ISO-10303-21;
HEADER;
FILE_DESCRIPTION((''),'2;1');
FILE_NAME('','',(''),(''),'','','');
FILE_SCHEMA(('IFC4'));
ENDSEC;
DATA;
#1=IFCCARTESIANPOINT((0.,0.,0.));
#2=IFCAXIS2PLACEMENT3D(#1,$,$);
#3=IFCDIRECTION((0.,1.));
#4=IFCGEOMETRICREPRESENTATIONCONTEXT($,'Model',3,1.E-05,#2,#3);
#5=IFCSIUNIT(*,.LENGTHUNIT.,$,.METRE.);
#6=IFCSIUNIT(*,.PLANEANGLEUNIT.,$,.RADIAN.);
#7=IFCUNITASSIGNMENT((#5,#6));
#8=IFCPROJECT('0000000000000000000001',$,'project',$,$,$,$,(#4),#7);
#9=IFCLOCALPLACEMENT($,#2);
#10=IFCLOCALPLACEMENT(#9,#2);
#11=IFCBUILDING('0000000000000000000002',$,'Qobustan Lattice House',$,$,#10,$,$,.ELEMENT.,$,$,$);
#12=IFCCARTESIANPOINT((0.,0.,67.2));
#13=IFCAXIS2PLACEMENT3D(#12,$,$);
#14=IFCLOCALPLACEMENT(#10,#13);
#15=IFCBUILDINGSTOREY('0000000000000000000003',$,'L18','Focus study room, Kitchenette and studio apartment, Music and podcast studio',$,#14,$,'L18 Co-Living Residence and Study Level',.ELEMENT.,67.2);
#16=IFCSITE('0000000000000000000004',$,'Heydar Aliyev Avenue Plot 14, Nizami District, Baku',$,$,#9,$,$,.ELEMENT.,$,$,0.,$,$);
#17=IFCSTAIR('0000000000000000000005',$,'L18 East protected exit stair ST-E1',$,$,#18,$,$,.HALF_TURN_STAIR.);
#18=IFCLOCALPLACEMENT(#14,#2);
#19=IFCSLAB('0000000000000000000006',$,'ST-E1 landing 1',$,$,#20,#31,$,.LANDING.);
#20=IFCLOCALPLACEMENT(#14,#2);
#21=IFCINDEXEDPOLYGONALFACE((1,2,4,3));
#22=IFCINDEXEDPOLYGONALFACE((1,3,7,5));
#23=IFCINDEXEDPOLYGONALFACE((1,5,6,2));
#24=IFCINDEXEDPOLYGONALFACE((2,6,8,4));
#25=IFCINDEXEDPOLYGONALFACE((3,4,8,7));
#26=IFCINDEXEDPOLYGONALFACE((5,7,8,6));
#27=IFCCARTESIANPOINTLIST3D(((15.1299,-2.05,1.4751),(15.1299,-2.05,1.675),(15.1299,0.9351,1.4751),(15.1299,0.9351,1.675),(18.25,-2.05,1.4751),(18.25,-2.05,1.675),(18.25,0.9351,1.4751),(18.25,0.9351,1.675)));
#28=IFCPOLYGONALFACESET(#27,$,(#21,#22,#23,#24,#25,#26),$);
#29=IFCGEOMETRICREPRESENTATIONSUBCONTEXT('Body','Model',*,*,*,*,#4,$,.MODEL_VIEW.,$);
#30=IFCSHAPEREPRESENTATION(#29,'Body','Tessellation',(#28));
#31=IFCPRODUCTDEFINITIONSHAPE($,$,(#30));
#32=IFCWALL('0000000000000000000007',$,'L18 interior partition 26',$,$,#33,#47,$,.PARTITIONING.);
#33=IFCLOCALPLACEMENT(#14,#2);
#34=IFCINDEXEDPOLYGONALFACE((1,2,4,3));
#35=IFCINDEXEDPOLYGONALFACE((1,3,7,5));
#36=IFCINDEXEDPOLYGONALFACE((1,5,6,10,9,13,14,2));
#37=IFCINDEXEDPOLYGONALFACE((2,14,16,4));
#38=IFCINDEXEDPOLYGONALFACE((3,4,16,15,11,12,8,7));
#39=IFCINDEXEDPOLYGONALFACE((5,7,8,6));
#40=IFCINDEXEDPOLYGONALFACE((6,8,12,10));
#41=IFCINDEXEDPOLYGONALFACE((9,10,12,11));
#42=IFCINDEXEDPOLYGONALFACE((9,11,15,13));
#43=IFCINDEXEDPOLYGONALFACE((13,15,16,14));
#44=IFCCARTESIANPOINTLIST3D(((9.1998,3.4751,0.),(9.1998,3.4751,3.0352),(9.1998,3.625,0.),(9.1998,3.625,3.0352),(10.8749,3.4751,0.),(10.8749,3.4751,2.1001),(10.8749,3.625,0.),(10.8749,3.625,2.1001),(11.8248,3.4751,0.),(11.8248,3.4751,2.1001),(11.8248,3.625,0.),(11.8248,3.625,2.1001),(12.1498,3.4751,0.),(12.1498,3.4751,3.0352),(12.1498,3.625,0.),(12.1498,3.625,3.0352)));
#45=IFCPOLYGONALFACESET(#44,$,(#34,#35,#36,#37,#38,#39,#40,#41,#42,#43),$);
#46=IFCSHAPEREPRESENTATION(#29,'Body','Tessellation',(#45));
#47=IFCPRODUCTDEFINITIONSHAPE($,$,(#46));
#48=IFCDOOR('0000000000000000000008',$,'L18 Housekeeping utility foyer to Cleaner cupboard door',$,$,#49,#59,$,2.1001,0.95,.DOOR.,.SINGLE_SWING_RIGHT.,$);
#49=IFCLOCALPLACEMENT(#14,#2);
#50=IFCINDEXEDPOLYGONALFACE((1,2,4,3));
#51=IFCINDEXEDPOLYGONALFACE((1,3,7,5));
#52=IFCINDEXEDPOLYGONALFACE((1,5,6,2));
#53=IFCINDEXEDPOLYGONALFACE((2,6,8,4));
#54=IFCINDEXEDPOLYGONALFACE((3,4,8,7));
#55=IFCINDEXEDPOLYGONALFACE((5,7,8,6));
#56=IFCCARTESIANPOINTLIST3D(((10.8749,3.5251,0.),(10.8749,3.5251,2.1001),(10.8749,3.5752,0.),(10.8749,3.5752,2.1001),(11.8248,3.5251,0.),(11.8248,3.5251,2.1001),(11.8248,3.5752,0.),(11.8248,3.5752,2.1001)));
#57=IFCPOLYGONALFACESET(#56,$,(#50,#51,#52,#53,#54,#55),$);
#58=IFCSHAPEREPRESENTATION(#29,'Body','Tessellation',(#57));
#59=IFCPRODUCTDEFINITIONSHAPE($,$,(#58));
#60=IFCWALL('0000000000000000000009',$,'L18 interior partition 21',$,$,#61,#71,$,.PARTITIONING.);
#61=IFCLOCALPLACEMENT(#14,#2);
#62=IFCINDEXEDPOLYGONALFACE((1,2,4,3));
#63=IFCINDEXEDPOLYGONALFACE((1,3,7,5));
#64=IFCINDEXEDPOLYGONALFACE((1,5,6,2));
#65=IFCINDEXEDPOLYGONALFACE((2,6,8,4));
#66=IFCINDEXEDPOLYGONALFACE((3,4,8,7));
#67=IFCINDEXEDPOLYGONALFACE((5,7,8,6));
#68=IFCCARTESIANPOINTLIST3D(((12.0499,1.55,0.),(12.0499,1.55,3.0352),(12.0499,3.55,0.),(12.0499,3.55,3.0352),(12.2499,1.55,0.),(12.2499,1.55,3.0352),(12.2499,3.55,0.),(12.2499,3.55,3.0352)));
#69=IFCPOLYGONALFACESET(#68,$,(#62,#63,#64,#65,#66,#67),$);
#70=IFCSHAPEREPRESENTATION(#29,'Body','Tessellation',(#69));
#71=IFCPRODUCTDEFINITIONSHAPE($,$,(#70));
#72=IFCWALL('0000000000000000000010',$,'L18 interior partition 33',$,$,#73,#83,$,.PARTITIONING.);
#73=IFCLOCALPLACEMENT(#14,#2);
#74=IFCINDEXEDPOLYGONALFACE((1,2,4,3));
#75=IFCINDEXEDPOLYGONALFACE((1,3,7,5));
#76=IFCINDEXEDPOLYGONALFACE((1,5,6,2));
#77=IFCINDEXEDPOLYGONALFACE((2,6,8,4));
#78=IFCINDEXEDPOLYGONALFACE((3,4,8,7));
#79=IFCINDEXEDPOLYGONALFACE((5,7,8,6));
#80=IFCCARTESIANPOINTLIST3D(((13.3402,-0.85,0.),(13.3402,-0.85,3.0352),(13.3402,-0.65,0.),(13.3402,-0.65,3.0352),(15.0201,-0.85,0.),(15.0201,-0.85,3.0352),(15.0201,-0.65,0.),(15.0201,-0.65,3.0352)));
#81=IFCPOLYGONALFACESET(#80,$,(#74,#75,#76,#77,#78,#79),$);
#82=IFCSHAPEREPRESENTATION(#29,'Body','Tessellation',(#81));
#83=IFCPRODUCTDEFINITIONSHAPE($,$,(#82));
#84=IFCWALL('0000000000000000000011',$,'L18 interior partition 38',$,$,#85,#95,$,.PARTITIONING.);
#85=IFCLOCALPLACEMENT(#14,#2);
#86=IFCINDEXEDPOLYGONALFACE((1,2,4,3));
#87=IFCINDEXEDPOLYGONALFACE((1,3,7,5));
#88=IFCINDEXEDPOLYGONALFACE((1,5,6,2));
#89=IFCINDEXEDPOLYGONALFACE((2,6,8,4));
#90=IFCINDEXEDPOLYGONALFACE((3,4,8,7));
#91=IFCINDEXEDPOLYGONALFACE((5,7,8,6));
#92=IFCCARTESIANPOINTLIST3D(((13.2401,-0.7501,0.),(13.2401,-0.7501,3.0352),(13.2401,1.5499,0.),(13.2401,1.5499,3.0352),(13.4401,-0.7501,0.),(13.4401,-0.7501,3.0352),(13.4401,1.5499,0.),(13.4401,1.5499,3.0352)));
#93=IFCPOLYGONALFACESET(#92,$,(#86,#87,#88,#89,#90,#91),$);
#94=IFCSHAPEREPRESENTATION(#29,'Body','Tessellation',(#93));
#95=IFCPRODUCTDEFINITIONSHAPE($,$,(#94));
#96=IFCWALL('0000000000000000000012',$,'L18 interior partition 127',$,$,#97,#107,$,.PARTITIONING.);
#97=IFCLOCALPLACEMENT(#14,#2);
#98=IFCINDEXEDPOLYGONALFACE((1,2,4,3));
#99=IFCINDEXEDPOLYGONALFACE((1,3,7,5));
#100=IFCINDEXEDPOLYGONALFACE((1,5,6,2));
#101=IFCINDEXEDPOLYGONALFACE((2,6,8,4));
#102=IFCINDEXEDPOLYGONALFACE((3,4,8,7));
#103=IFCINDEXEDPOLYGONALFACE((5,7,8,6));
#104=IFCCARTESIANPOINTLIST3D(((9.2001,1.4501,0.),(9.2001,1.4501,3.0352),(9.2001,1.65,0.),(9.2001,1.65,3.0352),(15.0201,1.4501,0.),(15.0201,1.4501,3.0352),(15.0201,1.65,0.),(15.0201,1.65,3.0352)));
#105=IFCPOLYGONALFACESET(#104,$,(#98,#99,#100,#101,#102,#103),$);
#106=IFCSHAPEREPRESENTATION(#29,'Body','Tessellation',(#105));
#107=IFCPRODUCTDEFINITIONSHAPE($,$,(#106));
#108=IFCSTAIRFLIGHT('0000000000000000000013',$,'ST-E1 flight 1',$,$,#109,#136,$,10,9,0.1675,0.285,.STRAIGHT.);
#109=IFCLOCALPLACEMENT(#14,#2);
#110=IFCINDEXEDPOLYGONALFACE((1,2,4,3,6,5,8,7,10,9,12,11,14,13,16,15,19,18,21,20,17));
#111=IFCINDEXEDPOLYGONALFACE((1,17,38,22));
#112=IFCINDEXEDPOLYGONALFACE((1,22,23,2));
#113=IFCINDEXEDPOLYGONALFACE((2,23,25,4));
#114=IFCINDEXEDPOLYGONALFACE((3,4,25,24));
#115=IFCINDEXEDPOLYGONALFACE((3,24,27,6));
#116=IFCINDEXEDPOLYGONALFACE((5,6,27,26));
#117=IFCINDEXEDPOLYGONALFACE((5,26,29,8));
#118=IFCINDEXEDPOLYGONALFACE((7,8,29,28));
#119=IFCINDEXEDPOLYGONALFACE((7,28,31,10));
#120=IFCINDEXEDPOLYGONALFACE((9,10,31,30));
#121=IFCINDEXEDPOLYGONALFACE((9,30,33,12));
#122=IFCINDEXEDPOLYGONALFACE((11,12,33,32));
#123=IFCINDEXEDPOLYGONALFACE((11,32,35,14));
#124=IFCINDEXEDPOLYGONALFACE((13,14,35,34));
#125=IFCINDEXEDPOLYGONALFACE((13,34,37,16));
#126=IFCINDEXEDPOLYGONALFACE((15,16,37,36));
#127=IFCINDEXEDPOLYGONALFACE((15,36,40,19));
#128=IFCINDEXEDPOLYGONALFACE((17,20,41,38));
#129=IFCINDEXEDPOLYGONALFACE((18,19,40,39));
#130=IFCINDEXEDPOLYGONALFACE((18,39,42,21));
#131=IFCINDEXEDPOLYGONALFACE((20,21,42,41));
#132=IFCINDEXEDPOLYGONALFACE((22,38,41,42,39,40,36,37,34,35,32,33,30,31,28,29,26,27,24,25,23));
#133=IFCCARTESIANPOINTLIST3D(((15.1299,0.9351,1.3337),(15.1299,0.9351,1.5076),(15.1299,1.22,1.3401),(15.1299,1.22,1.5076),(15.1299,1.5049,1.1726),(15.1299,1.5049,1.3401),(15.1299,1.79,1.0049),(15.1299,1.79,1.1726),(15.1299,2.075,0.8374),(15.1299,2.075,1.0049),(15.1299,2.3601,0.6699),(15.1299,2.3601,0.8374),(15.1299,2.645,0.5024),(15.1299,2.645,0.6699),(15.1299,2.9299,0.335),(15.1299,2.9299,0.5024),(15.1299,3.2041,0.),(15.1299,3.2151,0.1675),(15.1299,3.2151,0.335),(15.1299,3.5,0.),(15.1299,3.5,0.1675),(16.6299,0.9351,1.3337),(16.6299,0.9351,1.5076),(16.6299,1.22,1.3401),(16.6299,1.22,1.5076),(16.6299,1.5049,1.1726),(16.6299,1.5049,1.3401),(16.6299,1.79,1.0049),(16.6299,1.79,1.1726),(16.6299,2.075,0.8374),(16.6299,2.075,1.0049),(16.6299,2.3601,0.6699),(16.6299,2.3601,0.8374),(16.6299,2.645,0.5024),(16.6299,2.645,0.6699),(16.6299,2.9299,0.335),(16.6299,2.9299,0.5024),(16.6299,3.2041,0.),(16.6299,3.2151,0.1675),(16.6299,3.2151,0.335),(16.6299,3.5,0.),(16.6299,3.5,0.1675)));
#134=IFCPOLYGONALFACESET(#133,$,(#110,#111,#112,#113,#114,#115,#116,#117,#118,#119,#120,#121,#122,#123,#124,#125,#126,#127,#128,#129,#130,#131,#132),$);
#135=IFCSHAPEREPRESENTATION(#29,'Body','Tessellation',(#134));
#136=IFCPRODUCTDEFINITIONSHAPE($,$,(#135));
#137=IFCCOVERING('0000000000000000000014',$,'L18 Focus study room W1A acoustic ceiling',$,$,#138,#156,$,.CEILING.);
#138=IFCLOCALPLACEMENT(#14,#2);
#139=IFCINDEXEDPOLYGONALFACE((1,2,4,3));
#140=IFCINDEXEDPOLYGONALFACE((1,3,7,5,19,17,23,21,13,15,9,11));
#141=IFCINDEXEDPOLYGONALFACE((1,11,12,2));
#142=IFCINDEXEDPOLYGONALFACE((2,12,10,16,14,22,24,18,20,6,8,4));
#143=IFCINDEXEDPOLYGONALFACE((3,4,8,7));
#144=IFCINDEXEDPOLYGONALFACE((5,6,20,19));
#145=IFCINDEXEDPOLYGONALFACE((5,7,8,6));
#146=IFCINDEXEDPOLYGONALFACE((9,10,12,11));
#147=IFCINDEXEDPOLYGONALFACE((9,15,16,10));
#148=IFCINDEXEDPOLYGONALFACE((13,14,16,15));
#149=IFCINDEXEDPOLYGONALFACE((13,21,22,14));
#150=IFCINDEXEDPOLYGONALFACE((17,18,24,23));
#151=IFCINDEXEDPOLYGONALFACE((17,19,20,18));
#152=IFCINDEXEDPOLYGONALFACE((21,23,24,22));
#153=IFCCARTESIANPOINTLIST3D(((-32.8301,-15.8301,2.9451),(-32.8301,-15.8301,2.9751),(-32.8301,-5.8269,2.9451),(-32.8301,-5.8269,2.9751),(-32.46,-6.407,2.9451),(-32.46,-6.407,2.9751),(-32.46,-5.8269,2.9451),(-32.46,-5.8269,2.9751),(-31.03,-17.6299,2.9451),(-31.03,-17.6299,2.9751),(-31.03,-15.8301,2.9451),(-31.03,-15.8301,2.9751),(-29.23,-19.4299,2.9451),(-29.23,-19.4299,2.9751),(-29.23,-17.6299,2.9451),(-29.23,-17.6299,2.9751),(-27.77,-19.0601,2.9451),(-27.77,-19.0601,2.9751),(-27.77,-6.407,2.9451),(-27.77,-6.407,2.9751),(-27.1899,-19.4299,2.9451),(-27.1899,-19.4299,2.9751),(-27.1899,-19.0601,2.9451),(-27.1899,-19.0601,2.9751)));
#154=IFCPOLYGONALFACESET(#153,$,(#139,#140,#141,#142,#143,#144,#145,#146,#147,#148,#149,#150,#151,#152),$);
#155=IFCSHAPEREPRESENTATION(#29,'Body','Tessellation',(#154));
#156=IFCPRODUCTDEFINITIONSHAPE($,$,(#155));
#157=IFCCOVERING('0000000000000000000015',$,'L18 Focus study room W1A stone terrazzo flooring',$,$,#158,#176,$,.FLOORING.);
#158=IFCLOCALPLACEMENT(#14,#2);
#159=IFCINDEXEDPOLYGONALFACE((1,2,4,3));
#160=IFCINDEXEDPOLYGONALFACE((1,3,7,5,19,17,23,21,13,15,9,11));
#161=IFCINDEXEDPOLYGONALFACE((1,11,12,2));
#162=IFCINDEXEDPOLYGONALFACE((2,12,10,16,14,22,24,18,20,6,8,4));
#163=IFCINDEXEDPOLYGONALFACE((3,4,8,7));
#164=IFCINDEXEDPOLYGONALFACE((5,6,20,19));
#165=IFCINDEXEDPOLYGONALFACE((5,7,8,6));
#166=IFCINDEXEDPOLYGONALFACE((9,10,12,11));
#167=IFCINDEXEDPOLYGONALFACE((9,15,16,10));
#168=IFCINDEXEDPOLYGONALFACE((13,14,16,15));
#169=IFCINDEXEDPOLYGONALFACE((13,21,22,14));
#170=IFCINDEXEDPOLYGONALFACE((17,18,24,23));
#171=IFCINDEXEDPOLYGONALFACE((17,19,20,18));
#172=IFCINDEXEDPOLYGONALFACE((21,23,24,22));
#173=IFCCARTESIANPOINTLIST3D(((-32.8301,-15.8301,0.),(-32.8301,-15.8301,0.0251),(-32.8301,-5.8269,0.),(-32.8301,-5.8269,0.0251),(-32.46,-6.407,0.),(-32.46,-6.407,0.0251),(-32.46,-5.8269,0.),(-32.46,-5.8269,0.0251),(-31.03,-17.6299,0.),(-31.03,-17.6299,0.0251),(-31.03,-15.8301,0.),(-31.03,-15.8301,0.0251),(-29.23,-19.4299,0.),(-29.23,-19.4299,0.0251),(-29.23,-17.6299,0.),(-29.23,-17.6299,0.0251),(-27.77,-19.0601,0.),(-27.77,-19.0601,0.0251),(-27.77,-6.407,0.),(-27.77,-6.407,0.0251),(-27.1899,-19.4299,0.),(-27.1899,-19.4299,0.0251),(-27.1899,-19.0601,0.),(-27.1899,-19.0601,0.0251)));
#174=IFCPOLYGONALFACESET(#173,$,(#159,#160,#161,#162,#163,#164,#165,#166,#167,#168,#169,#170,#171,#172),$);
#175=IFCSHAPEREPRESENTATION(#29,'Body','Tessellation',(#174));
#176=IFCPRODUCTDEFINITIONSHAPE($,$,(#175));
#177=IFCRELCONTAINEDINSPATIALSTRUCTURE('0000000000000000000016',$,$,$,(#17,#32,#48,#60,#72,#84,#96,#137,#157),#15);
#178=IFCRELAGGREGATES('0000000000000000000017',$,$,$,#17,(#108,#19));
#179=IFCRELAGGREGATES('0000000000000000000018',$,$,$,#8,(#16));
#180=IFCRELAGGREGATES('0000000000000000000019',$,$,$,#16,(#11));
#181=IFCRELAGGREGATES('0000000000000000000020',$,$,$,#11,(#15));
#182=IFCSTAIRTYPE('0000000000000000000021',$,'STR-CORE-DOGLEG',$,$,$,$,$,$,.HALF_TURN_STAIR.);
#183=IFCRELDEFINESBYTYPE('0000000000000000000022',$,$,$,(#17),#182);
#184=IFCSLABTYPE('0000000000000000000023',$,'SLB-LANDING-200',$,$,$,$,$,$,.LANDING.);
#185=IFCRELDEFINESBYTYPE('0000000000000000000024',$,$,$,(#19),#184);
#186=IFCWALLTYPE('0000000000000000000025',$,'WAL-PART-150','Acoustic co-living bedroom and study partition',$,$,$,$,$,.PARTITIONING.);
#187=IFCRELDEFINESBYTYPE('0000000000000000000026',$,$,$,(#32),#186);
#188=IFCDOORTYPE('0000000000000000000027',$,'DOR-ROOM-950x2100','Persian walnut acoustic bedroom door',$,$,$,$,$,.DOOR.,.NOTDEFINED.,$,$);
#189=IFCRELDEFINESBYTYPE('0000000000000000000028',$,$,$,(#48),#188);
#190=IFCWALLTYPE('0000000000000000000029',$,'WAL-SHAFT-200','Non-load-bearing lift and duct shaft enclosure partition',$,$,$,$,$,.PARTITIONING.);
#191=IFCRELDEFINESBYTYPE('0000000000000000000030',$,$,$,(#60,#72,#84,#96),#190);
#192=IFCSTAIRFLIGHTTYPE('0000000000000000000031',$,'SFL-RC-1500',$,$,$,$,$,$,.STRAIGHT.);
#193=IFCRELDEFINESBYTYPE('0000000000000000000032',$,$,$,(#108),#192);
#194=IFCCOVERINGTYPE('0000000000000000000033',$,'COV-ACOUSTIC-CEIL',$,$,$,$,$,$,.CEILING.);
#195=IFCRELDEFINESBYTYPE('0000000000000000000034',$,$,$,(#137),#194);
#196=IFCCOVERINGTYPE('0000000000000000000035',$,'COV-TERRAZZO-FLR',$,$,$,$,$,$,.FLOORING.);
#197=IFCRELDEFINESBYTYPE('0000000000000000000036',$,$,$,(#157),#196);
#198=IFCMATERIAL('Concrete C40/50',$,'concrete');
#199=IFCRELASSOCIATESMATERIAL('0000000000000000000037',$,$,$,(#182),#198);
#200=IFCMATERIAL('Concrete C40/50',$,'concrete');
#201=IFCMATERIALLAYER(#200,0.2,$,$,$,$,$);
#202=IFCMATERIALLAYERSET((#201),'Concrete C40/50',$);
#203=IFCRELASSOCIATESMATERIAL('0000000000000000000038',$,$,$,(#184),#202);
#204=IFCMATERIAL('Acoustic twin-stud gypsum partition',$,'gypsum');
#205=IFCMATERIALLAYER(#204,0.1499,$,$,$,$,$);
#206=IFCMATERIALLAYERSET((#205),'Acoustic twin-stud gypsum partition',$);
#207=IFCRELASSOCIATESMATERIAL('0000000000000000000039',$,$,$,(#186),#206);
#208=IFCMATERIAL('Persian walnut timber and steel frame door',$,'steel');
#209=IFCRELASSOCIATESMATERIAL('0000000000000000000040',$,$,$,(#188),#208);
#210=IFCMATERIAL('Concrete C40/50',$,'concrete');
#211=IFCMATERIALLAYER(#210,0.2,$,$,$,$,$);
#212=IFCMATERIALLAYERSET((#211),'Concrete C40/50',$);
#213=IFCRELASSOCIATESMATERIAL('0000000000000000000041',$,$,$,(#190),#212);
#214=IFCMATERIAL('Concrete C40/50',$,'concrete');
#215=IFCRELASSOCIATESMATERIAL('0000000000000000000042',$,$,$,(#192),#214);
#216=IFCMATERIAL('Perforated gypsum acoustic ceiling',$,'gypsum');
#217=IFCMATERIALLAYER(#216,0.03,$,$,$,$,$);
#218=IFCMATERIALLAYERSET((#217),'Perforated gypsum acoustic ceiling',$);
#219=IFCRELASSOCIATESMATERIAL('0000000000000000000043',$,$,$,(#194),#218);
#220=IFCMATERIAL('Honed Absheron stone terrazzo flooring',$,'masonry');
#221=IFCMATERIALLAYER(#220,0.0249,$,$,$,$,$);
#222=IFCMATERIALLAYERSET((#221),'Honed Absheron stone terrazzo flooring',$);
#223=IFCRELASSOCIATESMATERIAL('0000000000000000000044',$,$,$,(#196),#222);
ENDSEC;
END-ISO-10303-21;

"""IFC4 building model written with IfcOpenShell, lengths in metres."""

from ifc_helpers import new_model, si_unit, direction, frame, frame_2d, origin, place, context, subcontext, project, spatial, polyline, rectangle, outline, extrude, material, layer, layer_set, type_object, element, fill, aggregate, save


model = new_model("IFC4")

# Units and contexts
model_context = context("Model", 3, precision=1e-05, world=origin(), true_north=direction((0.0, 1.0)))
body_context = subcontext(model_context, "Body", "Model", "MODEL_VIEW")
ifc_project = project(units=[si_unit("LENGTHUNIT", "METRE"), si_unit("PLANEANGLEUNIT", "RADIAN")], contexts=[model_context])

# Site, building, storey
site_placement = place(None, origin())
site = spatial("IfcSite", under=ifc_project, at=site_placement, Name="Heydar Aliyev Avenue Plot 14, Nizami District, Baku", CompositionType="ELEMENT", RefElevation=0.0)
building_placement = place(site_placement, origin())
building = spatial("IfcBuilding", under=site, at=building_placement, Name="Qobustan Lattice House", CompositionType="ELEMENT")
storey_placement = place(building_placement, frame((0.0, 0.0, 67.2)))
storey = spatial("IfcBuildingStorey", under=building, at=storey_placement, Name="L18", Description="Focus study room, Kitchenette and studio apartment, Music and podcast studio", LongName="L18 Co-Living Residence and Study Level", CompositionType="ELEMENT", Elevation=67.2)

# Stair, slab
ifc_material_1 = material(Name="Concrete C40/50", Category="concrete")
stair_type = type_object("IfcStairType", Name="STR-CORE-DOGLEG", PredefinedType="HALF_TURN_STAIR", material=ifc_material_1)
ifc_material_2 = material(Name="Concrete C40/50", Category="concrete")
ifc_layer_1 = layer(ifc_material_2, 0.2)
ifc_layer_set_1 = layer_set([ifc_layer_1], Name="Concrete C40/50")
slab_type_1 = type_object("IfcSlabType", Name="SLB-LANDING-200", PredefinedType="LANDING", material=ifc_layer_set_1)
stair_1_placement = place(storey_placement, origin())
stair_1 = element("IfcStair", 1, at=stair_1_placement, inside=storey, type_object=stair_type, Name="L18 East protected exit stair ST-E1", PredefinedType="HALF_TURN_STAIR")
slab_1_placement = place(storey_placement, frame((0.0, 0.0, 1.4751)))
slab_1 = element("IfcSlab", 2, at=slab_1_placement, type_object=slab_type_1, Name="ST-E1 landing 1", PredefinedType="LANDING", context=body_context, shape_type="SweptSolid", body=[
    extrude(outline(polyline([(15.1299, 0.9351), (15.1299, -2.05), (18.25, -2.05), (18.25, 0.9351), (15.1299, 0.9351)])), origin(), (0.0, 0.0, 1.0), 0.2),
])

# Wall, opening, door
ifc_material_3 = material(Name="Acoustic twin-stud gypsum partition", Category="gypsum")
ifc_layer_2 = layer(ifc_material_3, 0.1499)
ifc_layer_set_2 = layer_set([ifc_layer_2], Name="Acoustic twin-stud gypsum partition")
wall_type_1 = type_object("IfcWallType", Name="WAL-PART-150", Description="Acoustic co-living bedroom and study partition", PredefinedType="PARTITIONING", material=ifc_layer_set_2)
wall_1_placement = place(storey_placement, frame((12.1499, 3.55, 0.0), z_axis=(0.0, 0.0, 1.0), x_axis=(-1.0, 0.0, 0.0)))
wall_1 = element("IfcWall", 3, at=wall_1_placement, inside=storey, type_object=wall_type_1, Name="L18 interior partition 26", PredefinedType="PARTITIONING", context=body_context, shape_type="SweptSolid", body=[
    extrude(rectangle(XDim=2.95, YDim=0.1499, at=frame_2d((1.4751, 0.0))), origin(), (0.0, 0.0, 1.0), 3.0352),
])
opening_placement = place(wall_1_placement, frame((0.325, 0.0, 0.0)))
opening = element("IfcOpeningElement", 4, at=opening_placement, cuts=wall_1, PredefinedType="OPENING", context=body_context, shape_type="SweptSolid", body=[
    extrude(rectangle(XDim=0.95, YDim=2.1001, at=frame_2d((0.4751, 1.05))), frame((0.0, 0.085, 0.0), z_axis=(0.0, -1.0, 0.0), x_axis=(1.0, 0.0, 0.0)), (0.0, 0.0, 1.0), 0.1699),
])
ifc_material_4 = material(Name="Persian walnut timber and steel frame door", Category="steel")
door_type = type_object("IfcDoorType", Name="DOR-ROOM-950x2100", Description="Persian walnut acoustic bedroom door", OperationType="NOTDEFINED", PredefinedType="DOOR", material=ifc_material_4)
door_placement = place(opening_placement, origin())
door = element("IfcDoor", 5, at=door_placement, inside=storey, type_object=door_type, Name="L18 Housekeeping utility foyer to Cleaner cupboard door", OperationType="SINGLE_SWING_RIGHT", OverallHeight=2.1001, OverallWidth=0.95, PredefinedType="DOOR", context=body_context, shape_type="SweptSolid", body=[
    extrude(rectangle(XDim=0.95, YDim=2.1001, at=frame_2d((0.4751, 1.05))), frame((0.0, 0.0249, 0.0), z_axis=(0.0, -1.0, 0.0), x_axis=(1.0, 0.0, 0.0)), (0.0, 0.0, 1.0), 0.05),
])
fill(opening, door)

# Walls
ifc_material_5 = material(Name="Concrete C40/50", Category="concrete")
ifc_layer_3 = layer(ifc_material_5, 0.2)
ifc_layer_set_3 = layer_set([ifc_layer_3], Name="Concrete C40/50")
wall_type_2 = type_object("IfcWallType", Name="WAL-SHAFT-200", Description="Non-load-bearing lift and duct shaft enclosure partition", PredefinedType="PARTITIONING", material=ifc_layer_set_3)
wall_2_placement = place(storey_placement, frame((12.1499, 3.55, 0.0), z_axis=(0.0, 0.0, 1.0), x_axis=(0.0, -1.0, 0.0)))
element("IfcWall", 6, at=wall_2_placement, inside=storey, type_object=wall_type_2, Name="L18 interior partition 21", PredefinedType="PARTITIONING", context=body_context, shape_type="SweptSolid", body=[
    extrude(rectangle(XDim=2.0, YDim=0.2, at=frame_2d((1.0, 0.0))), origin(), (0.0, 0.0, 1.0), 3.0352),
])
wall_3_placement = place(storey_placement, frame((15.02, -0.75, 0.0), z_axis=(0.0, 0.0, 1.0), x_axis=(-1.0, 0.0, 0.0)))
element("IfcWall", 7, at=wall_3_placement, inside=storey, type_object=wall_type_2, Name="L18 interior partition 33", PredefinedType="PARTITIONING", context=body_context, shape_type="SweptSolid", body=[
    extrude(rectangle(XDim=1.6799, YDim=0.2, at=frame_2d((0.8398, 0.0))), origin(), (0.0, 0.0, 1.0), 3.0352),
])
wall_4_placement = place(storey_placement, frame((13.3401, -0.75, 0.0), z_axis=(0.0, 0.0, 1.0), x_axis=(0.0, 1.0, 0.0)))
element("IfcWall", 8, at=wall_4_placement, inside=storey, type_object=wall_type_2, Name="L18 interior partition 38", PredefinedType="PARTITIONING", context=body_context, shape_type="SweptSolid", body=[
    extrude(rectangle(XDim=2.3, YDim=0.2, at=frame_2d((1.1499, 0.0))), origin(), (0.0, 0.0, 1.0), 3.0352),
])
wall_5_placement = place(storey_placement, frame((9.2, 1.55, 0.0), z_axis=(0.0, 0.0, 1.0), x_axis=(1.0, 0.0, 0.0)))
element("IfcWall", 9, at=wall_5_placement, inside=storey, type_object=wall_type_2, Name="L18 interior partition 127", PredefinedType="PARTITIONING", context=body_context, shape_type="SweptSolid", body=[
    extrude(rectangle(XDim=5.8201, YDim=0.2, at=frame_2d((2.9102, 0.0))), origin(), (0.0, 0.0, 1.0), 3.0352),
])

# Stair flight
ifc_material_6 = material(Name="Concrete C40/50", Category="concrete")
stair_flight_type = type_object("IfcStairFlightType", Name="SFL-RC-1500", PredefinedType="STRAIGHT", material=ifc_material_6)
stair_flight_placement = place(storey_placement, frame((15.8799, 3.5, 0.0), z_axis=(0.0, 0.0, 1.0), x_axis=(0.0, -1.0, 0.0)))
stair_flight = element("IfcStairFlight", 10, at=stair_flight_placement, type_object=stair_flight_type, Name="ST-E1 flight 1", NumberOfRisers=10, NumberOfTreads=9, PredefinedType="STRAIGHT", RiserHeight=0.1675, TreadLength=0.285, context=body_context, shape_type="SweptSolid", body=[
    extrude(outline(polyline([(0.0, 0.0), (0.0, 0.1675), (0.2849, 0.1675), (0.2849, 0.335), (0.5701, 0.335), (0.5701, 0.5024), (0.855, 0.5024), (0.855, 0.6699), (1.1399, 0.6699), (1.1399, 0.8374), (1.425, 0.8374), (1.425, 1.0049), (1.71, 1.0049), (1.71, 1.1726), (1.9951, 1.1726), (1.9951, 1.3401), (2.28, 1.3401), (2.28, 1.5076), (2.5649, 1.5076), (2.5649, 1.675), (2.5649, 1.3337), (0.2959, 0.0), (0.0, 0.0)])), frame((0.0, 0.75, 0.0), z_axis=(0.0, -1.0, 0.0), x_axis=(1.0, 0.0, 0.0)), (0.0, 0.0, 1.0), 1.5),
])
aggregate(stair_1, [stair_flight, slab_1])

# Coverings
ifc_material_7 = material(Name="Perforated gypsum acoustic ceiling", Category="gypsum")
ifc_layer_4 = layer(ifc_material_7, 0.03)
ifc_layer_set_4 = layer_set([ifc_layer_4], Name="Perforated gypsum acoustic ceiling")
covering_type_1 = type_object("IfcCoveringType", Name="COV-ACOUSTIC-CEIL", PredefinedType="CEILING", material=ifc_layer_set_4)
covering_1_placement = place(storey_placement, frame((0.0, 0.0, 2.9451)))
element("IfcCovering", 11, at=covering_1_placement, inside=storey, type_object=covering_type_1, Name="L18 Focus study room W1A acoustic ceiling", PredefinedType="CEILING", context=body_context, shape_type="SweptSolid", body=[
    extrude(outline(polyline([(-29.23, -19.4299), (-27.1899, -19.4299), (-27.1899, -19.0601), (-27.77, -19.0601), (-27.77, -6.407), (-32.46, -6.407), (-32.46, -5.8269), (-32.8301, -5.8269), (-32.8301, -15.8301), (-31.03, -15.8301), (-31.03, -17.6299), (-29.23, -17.6299), (-29.23, -19.4299)])), origin(), (0.0, 0.0, 1.0), 0.03),
])
ifc_material_8 = material(Name="Honed Absheron stone terrazzo flooring", Category="masonry")
ifc_layer_5 = layer(ifc_material_8, 0.0249)
ifc_layer_set_5 = layer_set([ifc_layer_5], Name="Honed Absheron stone terrazzo flooring")
covering_type_2 = type_object("IfcCoveringType", Name="COV-TERRAZZO-FLR", PredefinedType="FLOORING", material=ifc_layer_set_5)
covering_2_placement = place(storey_placement, origin())
element("IfcCovering", 12, at=covering_2_placement, inside=storey, type_object=covering_type_2, Name="L18 Focus study room W1A stone terrazzo flooring", PredefinedType="FLOORING", context=body_context, shape_type="SweptSolid", body=[
    extrude(outline(polyline([(-29.23, -19.4299), (-27.1899, -19.4299), (-27.1899, -19.0601), (-27.77, -19.0601), (-27.77, -6.407), (-32.46, -6.407), (-32.46, -5.8269), (-32.8301, -5.8269), (-32.8301, -15.8301), (-31.03, -15.8301), (-31.03, -17.6299), (-29.23, -17.6299), (-29.23, -19.4299)])), origin(), (0.0, 0.0, 1.0), 0.0251),
])

save(model, "model.ifc")
